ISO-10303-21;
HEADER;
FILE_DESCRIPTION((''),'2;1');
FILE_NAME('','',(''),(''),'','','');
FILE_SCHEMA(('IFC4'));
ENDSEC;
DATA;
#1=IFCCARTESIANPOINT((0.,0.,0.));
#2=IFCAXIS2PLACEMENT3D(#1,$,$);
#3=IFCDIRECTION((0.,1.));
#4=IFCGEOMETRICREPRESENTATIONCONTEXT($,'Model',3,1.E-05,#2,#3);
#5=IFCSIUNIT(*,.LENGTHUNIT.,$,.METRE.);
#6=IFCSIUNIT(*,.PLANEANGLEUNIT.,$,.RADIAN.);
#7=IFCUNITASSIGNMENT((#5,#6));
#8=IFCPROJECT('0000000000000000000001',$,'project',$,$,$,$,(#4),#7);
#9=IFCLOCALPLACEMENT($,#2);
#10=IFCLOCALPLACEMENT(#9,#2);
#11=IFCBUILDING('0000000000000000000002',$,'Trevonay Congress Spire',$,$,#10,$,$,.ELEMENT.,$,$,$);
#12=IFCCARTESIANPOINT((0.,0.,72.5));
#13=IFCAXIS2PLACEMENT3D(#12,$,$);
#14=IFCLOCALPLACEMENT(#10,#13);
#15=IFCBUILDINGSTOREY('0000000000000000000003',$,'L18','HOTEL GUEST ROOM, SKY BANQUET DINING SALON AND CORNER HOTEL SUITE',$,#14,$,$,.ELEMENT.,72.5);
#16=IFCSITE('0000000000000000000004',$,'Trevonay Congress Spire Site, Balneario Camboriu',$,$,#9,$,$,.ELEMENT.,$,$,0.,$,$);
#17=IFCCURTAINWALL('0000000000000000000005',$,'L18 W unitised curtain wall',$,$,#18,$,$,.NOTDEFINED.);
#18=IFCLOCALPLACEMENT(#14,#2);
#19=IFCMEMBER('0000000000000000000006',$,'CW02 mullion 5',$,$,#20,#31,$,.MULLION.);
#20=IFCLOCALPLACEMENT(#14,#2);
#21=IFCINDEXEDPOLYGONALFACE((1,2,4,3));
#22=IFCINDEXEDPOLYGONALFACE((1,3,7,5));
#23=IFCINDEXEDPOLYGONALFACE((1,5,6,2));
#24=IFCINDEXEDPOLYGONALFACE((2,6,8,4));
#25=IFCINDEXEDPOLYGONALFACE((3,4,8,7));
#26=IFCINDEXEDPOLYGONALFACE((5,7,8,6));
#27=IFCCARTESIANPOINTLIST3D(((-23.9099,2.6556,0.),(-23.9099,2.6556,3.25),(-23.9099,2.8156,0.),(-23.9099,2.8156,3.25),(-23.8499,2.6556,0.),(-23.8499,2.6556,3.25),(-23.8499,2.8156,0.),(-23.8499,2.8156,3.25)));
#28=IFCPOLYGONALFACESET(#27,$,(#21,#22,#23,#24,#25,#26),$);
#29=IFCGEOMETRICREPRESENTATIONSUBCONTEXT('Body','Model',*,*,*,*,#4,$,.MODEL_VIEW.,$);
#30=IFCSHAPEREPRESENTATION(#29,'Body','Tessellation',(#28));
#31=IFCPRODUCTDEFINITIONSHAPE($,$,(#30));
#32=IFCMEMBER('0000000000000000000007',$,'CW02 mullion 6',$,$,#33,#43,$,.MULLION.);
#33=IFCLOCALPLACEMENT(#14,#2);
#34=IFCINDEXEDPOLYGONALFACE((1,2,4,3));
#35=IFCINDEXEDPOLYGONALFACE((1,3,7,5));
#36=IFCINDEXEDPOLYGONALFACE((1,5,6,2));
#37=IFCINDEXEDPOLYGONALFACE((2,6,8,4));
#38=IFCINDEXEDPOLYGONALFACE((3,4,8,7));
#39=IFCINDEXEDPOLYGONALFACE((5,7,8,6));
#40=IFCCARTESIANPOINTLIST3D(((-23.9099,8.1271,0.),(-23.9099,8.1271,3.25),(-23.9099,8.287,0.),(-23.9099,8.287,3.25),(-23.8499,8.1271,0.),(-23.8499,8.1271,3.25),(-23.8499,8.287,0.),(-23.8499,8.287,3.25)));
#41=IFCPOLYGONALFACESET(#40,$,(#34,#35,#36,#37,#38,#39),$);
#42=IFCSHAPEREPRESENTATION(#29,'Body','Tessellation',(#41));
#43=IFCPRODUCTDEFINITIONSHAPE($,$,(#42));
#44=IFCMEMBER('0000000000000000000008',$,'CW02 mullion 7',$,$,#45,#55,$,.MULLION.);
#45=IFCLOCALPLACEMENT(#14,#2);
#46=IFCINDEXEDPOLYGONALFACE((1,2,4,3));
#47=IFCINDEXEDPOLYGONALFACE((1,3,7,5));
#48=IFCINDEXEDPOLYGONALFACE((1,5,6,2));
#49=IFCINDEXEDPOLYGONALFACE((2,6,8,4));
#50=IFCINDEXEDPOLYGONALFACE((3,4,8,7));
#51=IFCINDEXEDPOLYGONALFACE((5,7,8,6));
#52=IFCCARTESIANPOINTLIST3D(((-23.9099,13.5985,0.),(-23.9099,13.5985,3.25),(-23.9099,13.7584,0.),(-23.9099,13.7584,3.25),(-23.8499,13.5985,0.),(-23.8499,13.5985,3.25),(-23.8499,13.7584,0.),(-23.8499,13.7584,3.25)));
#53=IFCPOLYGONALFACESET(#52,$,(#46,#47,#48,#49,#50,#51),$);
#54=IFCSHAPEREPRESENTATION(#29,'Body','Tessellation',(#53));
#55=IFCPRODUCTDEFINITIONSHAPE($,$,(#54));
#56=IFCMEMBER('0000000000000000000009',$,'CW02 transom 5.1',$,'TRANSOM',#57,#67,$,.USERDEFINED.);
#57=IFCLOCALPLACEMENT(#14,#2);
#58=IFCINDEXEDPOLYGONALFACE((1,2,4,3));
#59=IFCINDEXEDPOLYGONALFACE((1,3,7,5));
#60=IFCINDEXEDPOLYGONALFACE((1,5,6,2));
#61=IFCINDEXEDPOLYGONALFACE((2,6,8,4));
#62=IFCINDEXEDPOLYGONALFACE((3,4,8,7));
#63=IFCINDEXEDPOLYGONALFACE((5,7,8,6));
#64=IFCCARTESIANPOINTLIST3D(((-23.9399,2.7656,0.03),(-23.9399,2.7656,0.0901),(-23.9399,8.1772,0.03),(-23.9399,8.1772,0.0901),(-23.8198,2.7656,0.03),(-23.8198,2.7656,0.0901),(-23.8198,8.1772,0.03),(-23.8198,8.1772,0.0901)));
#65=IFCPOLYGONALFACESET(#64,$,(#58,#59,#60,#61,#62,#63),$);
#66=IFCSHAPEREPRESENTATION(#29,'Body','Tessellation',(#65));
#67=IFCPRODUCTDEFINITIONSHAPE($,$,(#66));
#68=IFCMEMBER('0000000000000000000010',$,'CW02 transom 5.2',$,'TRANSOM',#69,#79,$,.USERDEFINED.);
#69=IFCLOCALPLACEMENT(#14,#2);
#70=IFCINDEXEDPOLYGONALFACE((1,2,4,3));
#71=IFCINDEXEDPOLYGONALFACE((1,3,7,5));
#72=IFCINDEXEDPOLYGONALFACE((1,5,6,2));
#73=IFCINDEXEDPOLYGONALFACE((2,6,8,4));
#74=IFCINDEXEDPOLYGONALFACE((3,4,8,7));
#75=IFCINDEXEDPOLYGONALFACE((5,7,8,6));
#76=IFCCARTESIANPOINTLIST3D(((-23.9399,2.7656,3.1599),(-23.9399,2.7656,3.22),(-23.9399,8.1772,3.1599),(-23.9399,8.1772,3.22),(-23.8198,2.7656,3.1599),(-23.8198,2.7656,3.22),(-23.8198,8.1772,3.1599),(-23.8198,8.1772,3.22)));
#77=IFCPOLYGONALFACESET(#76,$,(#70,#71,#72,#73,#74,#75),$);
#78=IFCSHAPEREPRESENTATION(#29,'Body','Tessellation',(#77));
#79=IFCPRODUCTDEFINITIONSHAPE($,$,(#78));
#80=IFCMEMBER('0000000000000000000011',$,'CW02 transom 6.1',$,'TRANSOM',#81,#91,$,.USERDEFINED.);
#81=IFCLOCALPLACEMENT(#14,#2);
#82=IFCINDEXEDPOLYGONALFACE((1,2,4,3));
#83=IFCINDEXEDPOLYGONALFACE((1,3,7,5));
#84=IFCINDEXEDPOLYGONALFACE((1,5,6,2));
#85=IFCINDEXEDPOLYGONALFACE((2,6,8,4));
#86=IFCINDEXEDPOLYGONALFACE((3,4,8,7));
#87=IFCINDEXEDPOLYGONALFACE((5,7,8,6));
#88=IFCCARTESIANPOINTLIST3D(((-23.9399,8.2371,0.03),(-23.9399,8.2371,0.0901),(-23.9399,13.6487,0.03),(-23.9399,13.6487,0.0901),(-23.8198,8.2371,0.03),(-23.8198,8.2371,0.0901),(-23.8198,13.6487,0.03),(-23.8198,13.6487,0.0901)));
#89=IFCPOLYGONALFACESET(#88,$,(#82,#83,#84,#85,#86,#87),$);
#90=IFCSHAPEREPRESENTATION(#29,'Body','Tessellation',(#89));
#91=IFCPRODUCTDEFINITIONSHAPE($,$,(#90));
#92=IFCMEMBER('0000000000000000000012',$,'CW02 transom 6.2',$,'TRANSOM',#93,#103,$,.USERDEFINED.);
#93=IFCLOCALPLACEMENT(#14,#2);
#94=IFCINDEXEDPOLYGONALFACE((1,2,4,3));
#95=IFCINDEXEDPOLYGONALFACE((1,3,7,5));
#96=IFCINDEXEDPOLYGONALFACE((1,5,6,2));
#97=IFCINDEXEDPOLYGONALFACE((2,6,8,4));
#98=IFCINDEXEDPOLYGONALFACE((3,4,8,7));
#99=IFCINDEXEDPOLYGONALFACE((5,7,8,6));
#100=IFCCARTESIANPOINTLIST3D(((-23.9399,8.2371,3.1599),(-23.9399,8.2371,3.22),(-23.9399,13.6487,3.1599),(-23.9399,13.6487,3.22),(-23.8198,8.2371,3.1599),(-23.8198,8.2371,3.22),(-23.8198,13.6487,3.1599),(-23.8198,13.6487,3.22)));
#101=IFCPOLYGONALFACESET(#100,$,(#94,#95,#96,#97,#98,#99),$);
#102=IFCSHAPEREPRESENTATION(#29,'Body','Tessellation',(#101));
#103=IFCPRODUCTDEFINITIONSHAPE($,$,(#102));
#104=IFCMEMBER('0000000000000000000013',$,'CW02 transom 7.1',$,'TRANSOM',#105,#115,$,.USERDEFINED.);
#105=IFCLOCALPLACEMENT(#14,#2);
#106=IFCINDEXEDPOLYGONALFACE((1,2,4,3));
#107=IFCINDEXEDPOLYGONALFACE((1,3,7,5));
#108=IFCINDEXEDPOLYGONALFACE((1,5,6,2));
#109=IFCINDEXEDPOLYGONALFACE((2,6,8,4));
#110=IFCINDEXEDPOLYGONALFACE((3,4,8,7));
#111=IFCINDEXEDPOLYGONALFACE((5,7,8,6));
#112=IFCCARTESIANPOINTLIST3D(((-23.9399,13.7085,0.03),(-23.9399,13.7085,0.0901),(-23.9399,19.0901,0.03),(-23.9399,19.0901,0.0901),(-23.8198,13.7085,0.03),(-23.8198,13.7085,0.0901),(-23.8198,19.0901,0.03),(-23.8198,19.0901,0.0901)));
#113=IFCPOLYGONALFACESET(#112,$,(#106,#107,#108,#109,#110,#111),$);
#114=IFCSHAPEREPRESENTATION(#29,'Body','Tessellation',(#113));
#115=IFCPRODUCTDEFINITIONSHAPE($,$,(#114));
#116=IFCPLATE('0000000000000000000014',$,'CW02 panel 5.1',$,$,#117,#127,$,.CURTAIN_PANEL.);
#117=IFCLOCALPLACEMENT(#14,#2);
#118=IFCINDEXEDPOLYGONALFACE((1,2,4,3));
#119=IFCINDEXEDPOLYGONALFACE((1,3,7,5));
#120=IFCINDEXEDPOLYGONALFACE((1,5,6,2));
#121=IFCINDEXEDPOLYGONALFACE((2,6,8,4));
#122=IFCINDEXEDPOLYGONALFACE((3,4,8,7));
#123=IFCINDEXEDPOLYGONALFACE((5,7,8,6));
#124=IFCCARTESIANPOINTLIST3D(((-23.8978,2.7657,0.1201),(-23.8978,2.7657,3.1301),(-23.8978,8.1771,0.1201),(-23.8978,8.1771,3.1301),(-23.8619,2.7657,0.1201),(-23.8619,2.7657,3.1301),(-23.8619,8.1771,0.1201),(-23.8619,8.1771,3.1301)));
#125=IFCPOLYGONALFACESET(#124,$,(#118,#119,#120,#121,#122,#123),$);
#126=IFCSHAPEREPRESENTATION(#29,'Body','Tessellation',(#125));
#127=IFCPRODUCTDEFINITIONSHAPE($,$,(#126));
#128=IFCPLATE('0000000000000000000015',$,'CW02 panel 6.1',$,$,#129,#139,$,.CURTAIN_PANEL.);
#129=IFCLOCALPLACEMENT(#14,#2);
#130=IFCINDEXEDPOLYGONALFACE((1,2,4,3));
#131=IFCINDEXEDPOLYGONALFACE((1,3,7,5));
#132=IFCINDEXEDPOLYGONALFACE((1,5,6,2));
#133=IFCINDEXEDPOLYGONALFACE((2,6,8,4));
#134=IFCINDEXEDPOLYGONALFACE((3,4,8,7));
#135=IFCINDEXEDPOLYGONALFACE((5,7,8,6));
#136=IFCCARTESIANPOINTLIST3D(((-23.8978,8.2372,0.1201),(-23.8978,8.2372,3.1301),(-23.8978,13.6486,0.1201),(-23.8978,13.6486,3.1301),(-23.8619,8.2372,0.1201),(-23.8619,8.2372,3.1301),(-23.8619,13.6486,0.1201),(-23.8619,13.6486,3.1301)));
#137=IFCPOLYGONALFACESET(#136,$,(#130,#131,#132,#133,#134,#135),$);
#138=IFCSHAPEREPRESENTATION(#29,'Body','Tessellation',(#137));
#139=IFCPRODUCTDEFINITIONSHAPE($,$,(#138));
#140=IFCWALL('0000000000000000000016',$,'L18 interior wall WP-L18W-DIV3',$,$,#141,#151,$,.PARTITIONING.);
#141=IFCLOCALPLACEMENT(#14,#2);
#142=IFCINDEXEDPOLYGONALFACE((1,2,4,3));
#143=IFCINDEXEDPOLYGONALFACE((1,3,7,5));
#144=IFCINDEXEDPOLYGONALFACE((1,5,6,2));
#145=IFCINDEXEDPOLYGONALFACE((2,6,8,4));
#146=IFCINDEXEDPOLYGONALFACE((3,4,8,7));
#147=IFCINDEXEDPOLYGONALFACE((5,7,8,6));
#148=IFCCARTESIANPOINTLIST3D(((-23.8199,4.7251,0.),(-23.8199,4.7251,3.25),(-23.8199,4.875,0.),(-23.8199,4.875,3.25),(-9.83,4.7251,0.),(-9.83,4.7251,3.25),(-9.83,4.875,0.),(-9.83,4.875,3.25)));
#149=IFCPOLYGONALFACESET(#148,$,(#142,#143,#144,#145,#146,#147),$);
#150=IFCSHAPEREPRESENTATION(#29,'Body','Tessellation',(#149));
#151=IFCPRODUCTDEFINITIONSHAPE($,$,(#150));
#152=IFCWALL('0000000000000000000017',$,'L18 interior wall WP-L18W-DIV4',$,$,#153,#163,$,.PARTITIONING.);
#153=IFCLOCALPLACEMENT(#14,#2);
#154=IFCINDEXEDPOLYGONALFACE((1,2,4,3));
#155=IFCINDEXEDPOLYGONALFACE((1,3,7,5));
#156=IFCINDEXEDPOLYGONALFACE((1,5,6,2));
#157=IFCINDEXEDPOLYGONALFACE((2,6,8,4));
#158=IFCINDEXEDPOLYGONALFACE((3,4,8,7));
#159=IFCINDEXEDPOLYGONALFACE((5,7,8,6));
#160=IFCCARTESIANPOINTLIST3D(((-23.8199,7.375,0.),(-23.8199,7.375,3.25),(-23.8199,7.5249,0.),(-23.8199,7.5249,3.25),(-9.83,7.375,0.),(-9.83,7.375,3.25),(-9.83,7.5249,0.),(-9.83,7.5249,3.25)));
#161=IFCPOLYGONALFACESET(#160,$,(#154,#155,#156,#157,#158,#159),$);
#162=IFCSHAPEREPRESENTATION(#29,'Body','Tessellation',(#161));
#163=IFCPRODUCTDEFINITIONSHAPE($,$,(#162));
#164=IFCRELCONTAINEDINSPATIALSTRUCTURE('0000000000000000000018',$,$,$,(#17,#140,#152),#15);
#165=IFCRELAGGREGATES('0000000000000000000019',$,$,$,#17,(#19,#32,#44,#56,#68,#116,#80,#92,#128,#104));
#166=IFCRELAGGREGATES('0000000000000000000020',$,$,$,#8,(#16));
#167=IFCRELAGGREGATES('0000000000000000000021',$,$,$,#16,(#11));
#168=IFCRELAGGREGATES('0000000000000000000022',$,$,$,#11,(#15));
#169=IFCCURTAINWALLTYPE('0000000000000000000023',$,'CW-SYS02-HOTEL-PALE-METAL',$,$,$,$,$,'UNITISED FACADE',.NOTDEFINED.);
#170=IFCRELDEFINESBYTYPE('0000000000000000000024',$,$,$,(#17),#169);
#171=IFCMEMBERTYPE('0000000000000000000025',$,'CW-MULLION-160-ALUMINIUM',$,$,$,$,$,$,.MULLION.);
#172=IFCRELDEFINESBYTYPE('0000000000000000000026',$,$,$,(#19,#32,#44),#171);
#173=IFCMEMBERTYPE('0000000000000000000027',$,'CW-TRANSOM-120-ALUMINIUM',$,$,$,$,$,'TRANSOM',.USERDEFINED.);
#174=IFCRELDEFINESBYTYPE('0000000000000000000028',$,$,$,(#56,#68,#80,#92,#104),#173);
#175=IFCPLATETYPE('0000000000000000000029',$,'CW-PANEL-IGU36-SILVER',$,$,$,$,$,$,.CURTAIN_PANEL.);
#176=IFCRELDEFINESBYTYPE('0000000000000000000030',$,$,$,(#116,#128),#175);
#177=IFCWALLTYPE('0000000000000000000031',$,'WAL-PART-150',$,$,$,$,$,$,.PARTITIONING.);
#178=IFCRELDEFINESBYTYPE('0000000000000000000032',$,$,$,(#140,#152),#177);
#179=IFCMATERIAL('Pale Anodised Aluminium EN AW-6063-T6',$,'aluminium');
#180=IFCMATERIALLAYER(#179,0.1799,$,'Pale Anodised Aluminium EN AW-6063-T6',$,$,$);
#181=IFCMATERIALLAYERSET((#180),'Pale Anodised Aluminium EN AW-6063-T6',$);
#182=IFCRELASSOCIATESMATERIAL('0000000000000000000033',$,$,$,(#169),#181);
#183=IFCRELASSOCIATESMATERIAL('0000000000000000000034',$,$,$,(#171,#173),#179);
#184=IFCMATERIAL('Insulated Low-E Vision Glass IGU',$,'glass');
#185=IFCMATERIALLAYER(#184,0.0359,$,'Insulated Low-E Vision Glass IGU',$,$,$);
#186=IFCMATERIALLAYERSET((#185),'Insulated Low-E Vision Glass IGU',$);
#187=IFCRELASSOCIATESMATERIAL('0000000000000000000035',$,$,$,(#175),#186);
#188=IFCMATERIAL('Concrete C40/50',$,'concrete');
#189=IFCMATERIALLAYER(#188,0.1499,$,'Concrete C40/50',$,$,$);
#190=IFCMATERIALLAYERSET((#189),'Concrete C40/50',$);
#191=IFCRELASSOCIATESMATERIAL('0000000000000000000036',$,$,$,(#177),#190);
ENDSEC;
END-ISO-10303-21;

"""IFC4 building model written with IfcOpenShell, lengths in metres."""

from ifc_helpers import new_model, si_unit, direction, frame, frame_2d, origin, origin_2d, place, context, subcontext, project, spatial, rectangle, extrude, material, layer, layer_set, material_profile, profile_set, type_object, element, aggregate, save


model = new_model("IFC4")

# Units and contexts
model_context = context("Model", 3, precision=1e-05, world=origin(), true_north=direction((0.0, 1.0)))
body_context = subcontext(model_context, "Body", "Model", "MODEL_VIEW")
ifc_project = project(units=[si_unit("LENGTHUNIT", "METRE"), si_unit("PLANEANGLEUNIT", "RADIAN")], contexts=[model_context])

# Site, building, storey
site_placement = place(None, origin())
site = spatial("IfcSite", under=ifc_project, at=site_placement, Name="Trevonay Congress Spire Site, Balneario Camboriu", CompositionType="ELEMENT", RefElevation=0.0)
building_placement = place(site_placement, origin())
building = spatial("IfcBuilding", under=site, at=building_placement, Name="Trevonay Congress Spire", CompositionType="ELEMENT")
storey_placement = place(building_placement, frame((0.0, 0.0, 72.5)))
storey = spatial("IfcBuildingStorey", under=building, at=storey_placement, Name="L18", Description="HOTEL GUEST ROOM, SKY BANQUET DINING SALON AND CORNER HOTEL SUITE", CompositionType="ELEMENT", Elevation=72.5)

# Curtain wall, members, plates
ifc_material_1 = material(Name="Pale Anodised Aluminium EN AW-6063-T6", Category="aluminium")
ifc_layer_1 = layer(ifc_material_1, 0.1799, Name="Pale Anodised Aluminium EN AW-6063-T6")
ifc_layer_set_1 = layer_set([ifc_layer_1], Name="Pale Anodised Aluminium EN AW-6063-T6")
curtain_wall_type = type_object("IfcCurtainWallType", Name="CW-SYS02-HOTEL-PALE-METAL", ElementType="UNITISED FACADE", PredefinedType="NOTDEFINED", material=ifc_layer_set_1)
curtain_wall_placement = place(storey_placement, origin())
curtain_wall = element("IfcCurtainWall", 1, at=curtain_wall_placement, inside=storey, type_object=curtain_wall_type, Name="L18 W unitised curtain wall", PredefinedType="NOTDEFINED")
ifc_material_profile_1 = material_profile(ifc_material_1, rectangle(XDim=0.0601, YDim=0.1599, at=origin_2d()), Name="CW-MULLION-160-ALUMINIUM")
ifc_profile_set_1 = profile_set([ifc_material_profile_1], Name="Pale Anodised Aluminium EN AW-6063-T6")
member_type_1 = type_object("IfcMemberType", Name="CW-MULLION-160-ALUMINIUM", PredefinedType="MULLION", material=ifc_profile_set_1)
member_1_placement = place(storey_placement, frame((-23.8799, 2.7356, 0.0), z_axis=(0.0, 0.0, 1.0), x_axis=(-1.0, 0.0, 0.0)))
member_1 = element("IfcMember", 2, at=member_1_placement, type_object=member_type_1, Name="CW02 mullion 5", PredefinedType="MULLION", context=body_context, shape_type="SweptSolid", body=[
    extrude(rectangle(XDim=0.0601, YDim=0.1599, at=origin_2d()), origin(), (0.0, 0.0, 1.0), 3.25),
])
member_2_placement = place(storey_placement, frame((-23.8799, 8.207, 0.0), z_axis=(0.0, 0.0, 1.0), x_axis=(-1.0, 0.0, 0.0)))
member_2 = element("IfcMember", 3, at=member_2_placement, type_object=member_type_1, Name="CW02 mullion 6", PredefinedType="MULLION", context=body_context, shape_type="SweptSolid", body=[
    extrude(rectangle(XDim=0.0601, YDim=0.1599, at=origin_2d()), origin(), (0.0, 0.0, 1.0), 3.25),
])
member_3_placement = place(storey_placement, frame((-23.8799, 13.6785, 0.0), z_axis=(0.0, 0.0, 1.0), x_axis=(-1.0, 0.0, 0.0)))
member_3 = element("IfcMember", 4, at=member_3_placement, type_object=member_type_1, Name="CW02 mullion 7", PredefinedType="MULLION", context=body_context, shape_type="SweptSolid", body=[
    extrude(rectangle(XDim=0.0601, YDim=0.1599, at=origin_2d()), origin(), (0.0, 0.0, 1.0), 3.25),
])
ifc_material_profile_2 = material_profile(ifc_material_1, rectangle(XDim=0.1201, YDim=0.0601, at=origin_2d()), Name="CW-TRANSOM-120-ALUMINIUM")
ifc_profile_set_2 = profile_set([ifc_material_profile_2], Name="Pale Anodised Aluminium EN AW-6063-T6")
member_type_2 = type_object("IfcMemberType", Name="CW-TRANSOM-120-ALUMINIUM", ElementType="TRANSOM", PredefinedType="USERDEFINED", material=ifc_profile_set_2)
member_4_placement = place(storey_placement, frame((-23.8799, 2.7656, 0.0601), z_axis=(0.0, 1.0, 0.0), x_axis=(-1.0, 0.0, 0.0)))
member_4 = element("IfcMember", 5, at=member_4_placement, type_object=member_type_2, Name="CW02 transom 5.1", ObjectType="TRANSOM", PredefinedType="USERDEFINED", context=body_context, shape_type="SweptSolid", body=[
    extrude(rectangle(XDim=0.1201, YDim=0.0601, at=origin_2d()), origin(), (0.0, 0.0, 1.0), 5.4116),
])
member_5_placement = place(storey_placement, frame((-23.8799, 2.7656, 3.1899), z_axis=(0.0, 1.0, 0.0), x_axis=(-1.0, 0.0, 0.0)))
member_5 = element("IfcMember", 6, at=member_5_placement, type_object=member_type_2, Name="CW02 transom 5.2", ObjectType="TRANSOM", PredefinedType="USERDEFINED", context=body_context, shape_type="SweptSolid", body=[
    extrude(rectangle(XDim=0.1201, YDim=0.0601, at=origin_2d()), origin(), (0.0, 0.0, 1.0), 5.4116),
])
member_6_placement = place(storey_placement, frame((-23.8799, 8.2371, 0.0601), z_axis=(0.0, 1.0, 0.0), x_axis=(-1.0, 0.0, 0.0)))
member_6 = element("IfcMember", 7, at=member_6_placement, type_object=member_type_2, Name="CW02 transom 6.1", ObjectType="TRANSOM", PredefinedType="USERDEFINED", context=body_context, shape_type="SweptSolid", body=[
    extrude(rectangle(XDim=0.1201, YDim=0.0601, at=origin_2d()), origin(), (0.0, 0.0, 1.0), 5.4116),
])
member_7_placement = place(storey_placement, frame((-23.8799, 8.2371, 3.1899), z_axis=(0.0, 1.0, 0.0), x_axis=(-1.0, 0.0, 0.0)))
member_7 = element("IfcMember", 8, at=member_7_placement, type_object=member_type_2, Name="CW02 transom 6.2", ObjectType="TRANSOM", PredefinedType="USERDEFINED", context=body_context, shape_type="SweptSolid", body=[
    extrude(rectangle(XDim=0.1201, YDim=0.0601, at=origin_2d()), origin(), (0.0, 0.0, 1.0), 5.4116),
])
member_8_placement = place(storey_placement, frame((-23.8799, 13.7085, 0.0601), z_axis=(0.0, 1.0, 0.0), x_axis=(-1.0, 0.0, 0.0)))
member_8 = element("IfcMember", 9, at=member_8_placement, type_object=member_type_2, Name="CW02 transom 7.1", ObjectType="TRANSOM", PredefinedType="USERDEFINED", context=body_context, shape_type="SweptSolid", body=[
    extrude(rectangle(XDim=0.1201, YDim=0.0601, at=origin_2d()), origin(), (0.0, 0.0, 1.0), 5.3816),
])
ifc_material_2 = material(Name="Insulated Low-E Vision Glass IGU", Category="glass")
ifc_layer_2 = layer(ifc_material_2, 0.0359, Name="Insulated Low-E Vision Glass IGU")
ifc_layer_set_2 = layer_set([ifc_layer_2], Name="Insulated Low-E Vision Glass IGU")
plate_type = type_object("IfcPlateType", Name="CW-PANEL-IGU36-SILVER", PredefinedType="CURTAIN_PANEL", material=ifc_layer_set_2)
plate_1_placement = place(storey_placement, frame((-23.8799, 5.4714, 0.1201), z_axis=(0.0, 0.0, 1.0), x_axis=(0.0, 1.0, 0.0)))
plate_1 = element("IfcPlate", 10, at=plate_1_placement, type_object=plate_type, Name="CW02 panel 5.1", PredefinedType="CURTAIN_PANEL", context=body_context, shape_type="SweptSolid", body=[
    extrude(rectangle(XDim=5.4114, YDim=0.0359, at=origin_2d()), origin(), (0.0, 0.0, 1.0), 3.01),
])
plate_2_placement = place(storey_placement, frame((-23.8799, 10.9429, 0.1201), z_axis=(0.0, 0.0, 1.0), x_axis=(0.0, 1.0, 0.0)))
plate_2 = element("IfcPlate", 11, at=plate_2_placement, type_object=plate_type, Name="CW02 panel 6.1", PredefinedType="CURTAIN_PANEL", context=body_context, shape_type="SweptSolid", body=[
    extrude(rectangle(XDim=5.4114, YDim=0.0359, at=origin_2d()), origin(), (0.0, 0.0, 1.0), 3.01),
])
aggregate(curtain_wall, [member_1, member_2, member_3, member_4, member_5, plate_1, member_6, member_7, plate_2, member_8])

# Walls
ifc_material_3 = material(Name="Concrete C40/50", Category="concrete")
ifc_layer_3 = layer(ifc_material_3, 0.1499, Name="Concrete C40/50")
ifc_layer_set_3 = layer_set([ifc_layer_3], Name="Concrete C40/50")
wall_type = type_object("IfcWallType", Name="WAL-PART-150", PredefinedType="PARTITIONING", material=ifc_layer_set_3)
for number, where, z_axis, x_axis, name in (
    (12, (-23.8201, 4.8, 0.0), (0.0, 0.0, 1.0), (1.0, 0.0, 0.0), "L18 interior wall WP-L18W-DIV3"),
    (13, (-23.8201, 7.45, 0.0), (0.0, 0.0, 1.0), (1.0, 0.0, 0.0), "L18 interior wall WP-L18W-DIV4"),
):
    element("IfcWall", number, at=place(storey_placement, frame(where, z_axis=z_axis, x_axis=x_axis)), inside=storey, type_object=wall_type, Name=name, PredefinedType="PARTITIONING", context=body_context, shape_type="SweptSolid", body=[
        extrude(rectangle(XDim=13.99, YDim=0.1499, at=frame_2d((6.9951, 0.0))), origin(), (0.0, 0.0, 1.0), 3.25),
    ])

save(model, "model.ifc")
